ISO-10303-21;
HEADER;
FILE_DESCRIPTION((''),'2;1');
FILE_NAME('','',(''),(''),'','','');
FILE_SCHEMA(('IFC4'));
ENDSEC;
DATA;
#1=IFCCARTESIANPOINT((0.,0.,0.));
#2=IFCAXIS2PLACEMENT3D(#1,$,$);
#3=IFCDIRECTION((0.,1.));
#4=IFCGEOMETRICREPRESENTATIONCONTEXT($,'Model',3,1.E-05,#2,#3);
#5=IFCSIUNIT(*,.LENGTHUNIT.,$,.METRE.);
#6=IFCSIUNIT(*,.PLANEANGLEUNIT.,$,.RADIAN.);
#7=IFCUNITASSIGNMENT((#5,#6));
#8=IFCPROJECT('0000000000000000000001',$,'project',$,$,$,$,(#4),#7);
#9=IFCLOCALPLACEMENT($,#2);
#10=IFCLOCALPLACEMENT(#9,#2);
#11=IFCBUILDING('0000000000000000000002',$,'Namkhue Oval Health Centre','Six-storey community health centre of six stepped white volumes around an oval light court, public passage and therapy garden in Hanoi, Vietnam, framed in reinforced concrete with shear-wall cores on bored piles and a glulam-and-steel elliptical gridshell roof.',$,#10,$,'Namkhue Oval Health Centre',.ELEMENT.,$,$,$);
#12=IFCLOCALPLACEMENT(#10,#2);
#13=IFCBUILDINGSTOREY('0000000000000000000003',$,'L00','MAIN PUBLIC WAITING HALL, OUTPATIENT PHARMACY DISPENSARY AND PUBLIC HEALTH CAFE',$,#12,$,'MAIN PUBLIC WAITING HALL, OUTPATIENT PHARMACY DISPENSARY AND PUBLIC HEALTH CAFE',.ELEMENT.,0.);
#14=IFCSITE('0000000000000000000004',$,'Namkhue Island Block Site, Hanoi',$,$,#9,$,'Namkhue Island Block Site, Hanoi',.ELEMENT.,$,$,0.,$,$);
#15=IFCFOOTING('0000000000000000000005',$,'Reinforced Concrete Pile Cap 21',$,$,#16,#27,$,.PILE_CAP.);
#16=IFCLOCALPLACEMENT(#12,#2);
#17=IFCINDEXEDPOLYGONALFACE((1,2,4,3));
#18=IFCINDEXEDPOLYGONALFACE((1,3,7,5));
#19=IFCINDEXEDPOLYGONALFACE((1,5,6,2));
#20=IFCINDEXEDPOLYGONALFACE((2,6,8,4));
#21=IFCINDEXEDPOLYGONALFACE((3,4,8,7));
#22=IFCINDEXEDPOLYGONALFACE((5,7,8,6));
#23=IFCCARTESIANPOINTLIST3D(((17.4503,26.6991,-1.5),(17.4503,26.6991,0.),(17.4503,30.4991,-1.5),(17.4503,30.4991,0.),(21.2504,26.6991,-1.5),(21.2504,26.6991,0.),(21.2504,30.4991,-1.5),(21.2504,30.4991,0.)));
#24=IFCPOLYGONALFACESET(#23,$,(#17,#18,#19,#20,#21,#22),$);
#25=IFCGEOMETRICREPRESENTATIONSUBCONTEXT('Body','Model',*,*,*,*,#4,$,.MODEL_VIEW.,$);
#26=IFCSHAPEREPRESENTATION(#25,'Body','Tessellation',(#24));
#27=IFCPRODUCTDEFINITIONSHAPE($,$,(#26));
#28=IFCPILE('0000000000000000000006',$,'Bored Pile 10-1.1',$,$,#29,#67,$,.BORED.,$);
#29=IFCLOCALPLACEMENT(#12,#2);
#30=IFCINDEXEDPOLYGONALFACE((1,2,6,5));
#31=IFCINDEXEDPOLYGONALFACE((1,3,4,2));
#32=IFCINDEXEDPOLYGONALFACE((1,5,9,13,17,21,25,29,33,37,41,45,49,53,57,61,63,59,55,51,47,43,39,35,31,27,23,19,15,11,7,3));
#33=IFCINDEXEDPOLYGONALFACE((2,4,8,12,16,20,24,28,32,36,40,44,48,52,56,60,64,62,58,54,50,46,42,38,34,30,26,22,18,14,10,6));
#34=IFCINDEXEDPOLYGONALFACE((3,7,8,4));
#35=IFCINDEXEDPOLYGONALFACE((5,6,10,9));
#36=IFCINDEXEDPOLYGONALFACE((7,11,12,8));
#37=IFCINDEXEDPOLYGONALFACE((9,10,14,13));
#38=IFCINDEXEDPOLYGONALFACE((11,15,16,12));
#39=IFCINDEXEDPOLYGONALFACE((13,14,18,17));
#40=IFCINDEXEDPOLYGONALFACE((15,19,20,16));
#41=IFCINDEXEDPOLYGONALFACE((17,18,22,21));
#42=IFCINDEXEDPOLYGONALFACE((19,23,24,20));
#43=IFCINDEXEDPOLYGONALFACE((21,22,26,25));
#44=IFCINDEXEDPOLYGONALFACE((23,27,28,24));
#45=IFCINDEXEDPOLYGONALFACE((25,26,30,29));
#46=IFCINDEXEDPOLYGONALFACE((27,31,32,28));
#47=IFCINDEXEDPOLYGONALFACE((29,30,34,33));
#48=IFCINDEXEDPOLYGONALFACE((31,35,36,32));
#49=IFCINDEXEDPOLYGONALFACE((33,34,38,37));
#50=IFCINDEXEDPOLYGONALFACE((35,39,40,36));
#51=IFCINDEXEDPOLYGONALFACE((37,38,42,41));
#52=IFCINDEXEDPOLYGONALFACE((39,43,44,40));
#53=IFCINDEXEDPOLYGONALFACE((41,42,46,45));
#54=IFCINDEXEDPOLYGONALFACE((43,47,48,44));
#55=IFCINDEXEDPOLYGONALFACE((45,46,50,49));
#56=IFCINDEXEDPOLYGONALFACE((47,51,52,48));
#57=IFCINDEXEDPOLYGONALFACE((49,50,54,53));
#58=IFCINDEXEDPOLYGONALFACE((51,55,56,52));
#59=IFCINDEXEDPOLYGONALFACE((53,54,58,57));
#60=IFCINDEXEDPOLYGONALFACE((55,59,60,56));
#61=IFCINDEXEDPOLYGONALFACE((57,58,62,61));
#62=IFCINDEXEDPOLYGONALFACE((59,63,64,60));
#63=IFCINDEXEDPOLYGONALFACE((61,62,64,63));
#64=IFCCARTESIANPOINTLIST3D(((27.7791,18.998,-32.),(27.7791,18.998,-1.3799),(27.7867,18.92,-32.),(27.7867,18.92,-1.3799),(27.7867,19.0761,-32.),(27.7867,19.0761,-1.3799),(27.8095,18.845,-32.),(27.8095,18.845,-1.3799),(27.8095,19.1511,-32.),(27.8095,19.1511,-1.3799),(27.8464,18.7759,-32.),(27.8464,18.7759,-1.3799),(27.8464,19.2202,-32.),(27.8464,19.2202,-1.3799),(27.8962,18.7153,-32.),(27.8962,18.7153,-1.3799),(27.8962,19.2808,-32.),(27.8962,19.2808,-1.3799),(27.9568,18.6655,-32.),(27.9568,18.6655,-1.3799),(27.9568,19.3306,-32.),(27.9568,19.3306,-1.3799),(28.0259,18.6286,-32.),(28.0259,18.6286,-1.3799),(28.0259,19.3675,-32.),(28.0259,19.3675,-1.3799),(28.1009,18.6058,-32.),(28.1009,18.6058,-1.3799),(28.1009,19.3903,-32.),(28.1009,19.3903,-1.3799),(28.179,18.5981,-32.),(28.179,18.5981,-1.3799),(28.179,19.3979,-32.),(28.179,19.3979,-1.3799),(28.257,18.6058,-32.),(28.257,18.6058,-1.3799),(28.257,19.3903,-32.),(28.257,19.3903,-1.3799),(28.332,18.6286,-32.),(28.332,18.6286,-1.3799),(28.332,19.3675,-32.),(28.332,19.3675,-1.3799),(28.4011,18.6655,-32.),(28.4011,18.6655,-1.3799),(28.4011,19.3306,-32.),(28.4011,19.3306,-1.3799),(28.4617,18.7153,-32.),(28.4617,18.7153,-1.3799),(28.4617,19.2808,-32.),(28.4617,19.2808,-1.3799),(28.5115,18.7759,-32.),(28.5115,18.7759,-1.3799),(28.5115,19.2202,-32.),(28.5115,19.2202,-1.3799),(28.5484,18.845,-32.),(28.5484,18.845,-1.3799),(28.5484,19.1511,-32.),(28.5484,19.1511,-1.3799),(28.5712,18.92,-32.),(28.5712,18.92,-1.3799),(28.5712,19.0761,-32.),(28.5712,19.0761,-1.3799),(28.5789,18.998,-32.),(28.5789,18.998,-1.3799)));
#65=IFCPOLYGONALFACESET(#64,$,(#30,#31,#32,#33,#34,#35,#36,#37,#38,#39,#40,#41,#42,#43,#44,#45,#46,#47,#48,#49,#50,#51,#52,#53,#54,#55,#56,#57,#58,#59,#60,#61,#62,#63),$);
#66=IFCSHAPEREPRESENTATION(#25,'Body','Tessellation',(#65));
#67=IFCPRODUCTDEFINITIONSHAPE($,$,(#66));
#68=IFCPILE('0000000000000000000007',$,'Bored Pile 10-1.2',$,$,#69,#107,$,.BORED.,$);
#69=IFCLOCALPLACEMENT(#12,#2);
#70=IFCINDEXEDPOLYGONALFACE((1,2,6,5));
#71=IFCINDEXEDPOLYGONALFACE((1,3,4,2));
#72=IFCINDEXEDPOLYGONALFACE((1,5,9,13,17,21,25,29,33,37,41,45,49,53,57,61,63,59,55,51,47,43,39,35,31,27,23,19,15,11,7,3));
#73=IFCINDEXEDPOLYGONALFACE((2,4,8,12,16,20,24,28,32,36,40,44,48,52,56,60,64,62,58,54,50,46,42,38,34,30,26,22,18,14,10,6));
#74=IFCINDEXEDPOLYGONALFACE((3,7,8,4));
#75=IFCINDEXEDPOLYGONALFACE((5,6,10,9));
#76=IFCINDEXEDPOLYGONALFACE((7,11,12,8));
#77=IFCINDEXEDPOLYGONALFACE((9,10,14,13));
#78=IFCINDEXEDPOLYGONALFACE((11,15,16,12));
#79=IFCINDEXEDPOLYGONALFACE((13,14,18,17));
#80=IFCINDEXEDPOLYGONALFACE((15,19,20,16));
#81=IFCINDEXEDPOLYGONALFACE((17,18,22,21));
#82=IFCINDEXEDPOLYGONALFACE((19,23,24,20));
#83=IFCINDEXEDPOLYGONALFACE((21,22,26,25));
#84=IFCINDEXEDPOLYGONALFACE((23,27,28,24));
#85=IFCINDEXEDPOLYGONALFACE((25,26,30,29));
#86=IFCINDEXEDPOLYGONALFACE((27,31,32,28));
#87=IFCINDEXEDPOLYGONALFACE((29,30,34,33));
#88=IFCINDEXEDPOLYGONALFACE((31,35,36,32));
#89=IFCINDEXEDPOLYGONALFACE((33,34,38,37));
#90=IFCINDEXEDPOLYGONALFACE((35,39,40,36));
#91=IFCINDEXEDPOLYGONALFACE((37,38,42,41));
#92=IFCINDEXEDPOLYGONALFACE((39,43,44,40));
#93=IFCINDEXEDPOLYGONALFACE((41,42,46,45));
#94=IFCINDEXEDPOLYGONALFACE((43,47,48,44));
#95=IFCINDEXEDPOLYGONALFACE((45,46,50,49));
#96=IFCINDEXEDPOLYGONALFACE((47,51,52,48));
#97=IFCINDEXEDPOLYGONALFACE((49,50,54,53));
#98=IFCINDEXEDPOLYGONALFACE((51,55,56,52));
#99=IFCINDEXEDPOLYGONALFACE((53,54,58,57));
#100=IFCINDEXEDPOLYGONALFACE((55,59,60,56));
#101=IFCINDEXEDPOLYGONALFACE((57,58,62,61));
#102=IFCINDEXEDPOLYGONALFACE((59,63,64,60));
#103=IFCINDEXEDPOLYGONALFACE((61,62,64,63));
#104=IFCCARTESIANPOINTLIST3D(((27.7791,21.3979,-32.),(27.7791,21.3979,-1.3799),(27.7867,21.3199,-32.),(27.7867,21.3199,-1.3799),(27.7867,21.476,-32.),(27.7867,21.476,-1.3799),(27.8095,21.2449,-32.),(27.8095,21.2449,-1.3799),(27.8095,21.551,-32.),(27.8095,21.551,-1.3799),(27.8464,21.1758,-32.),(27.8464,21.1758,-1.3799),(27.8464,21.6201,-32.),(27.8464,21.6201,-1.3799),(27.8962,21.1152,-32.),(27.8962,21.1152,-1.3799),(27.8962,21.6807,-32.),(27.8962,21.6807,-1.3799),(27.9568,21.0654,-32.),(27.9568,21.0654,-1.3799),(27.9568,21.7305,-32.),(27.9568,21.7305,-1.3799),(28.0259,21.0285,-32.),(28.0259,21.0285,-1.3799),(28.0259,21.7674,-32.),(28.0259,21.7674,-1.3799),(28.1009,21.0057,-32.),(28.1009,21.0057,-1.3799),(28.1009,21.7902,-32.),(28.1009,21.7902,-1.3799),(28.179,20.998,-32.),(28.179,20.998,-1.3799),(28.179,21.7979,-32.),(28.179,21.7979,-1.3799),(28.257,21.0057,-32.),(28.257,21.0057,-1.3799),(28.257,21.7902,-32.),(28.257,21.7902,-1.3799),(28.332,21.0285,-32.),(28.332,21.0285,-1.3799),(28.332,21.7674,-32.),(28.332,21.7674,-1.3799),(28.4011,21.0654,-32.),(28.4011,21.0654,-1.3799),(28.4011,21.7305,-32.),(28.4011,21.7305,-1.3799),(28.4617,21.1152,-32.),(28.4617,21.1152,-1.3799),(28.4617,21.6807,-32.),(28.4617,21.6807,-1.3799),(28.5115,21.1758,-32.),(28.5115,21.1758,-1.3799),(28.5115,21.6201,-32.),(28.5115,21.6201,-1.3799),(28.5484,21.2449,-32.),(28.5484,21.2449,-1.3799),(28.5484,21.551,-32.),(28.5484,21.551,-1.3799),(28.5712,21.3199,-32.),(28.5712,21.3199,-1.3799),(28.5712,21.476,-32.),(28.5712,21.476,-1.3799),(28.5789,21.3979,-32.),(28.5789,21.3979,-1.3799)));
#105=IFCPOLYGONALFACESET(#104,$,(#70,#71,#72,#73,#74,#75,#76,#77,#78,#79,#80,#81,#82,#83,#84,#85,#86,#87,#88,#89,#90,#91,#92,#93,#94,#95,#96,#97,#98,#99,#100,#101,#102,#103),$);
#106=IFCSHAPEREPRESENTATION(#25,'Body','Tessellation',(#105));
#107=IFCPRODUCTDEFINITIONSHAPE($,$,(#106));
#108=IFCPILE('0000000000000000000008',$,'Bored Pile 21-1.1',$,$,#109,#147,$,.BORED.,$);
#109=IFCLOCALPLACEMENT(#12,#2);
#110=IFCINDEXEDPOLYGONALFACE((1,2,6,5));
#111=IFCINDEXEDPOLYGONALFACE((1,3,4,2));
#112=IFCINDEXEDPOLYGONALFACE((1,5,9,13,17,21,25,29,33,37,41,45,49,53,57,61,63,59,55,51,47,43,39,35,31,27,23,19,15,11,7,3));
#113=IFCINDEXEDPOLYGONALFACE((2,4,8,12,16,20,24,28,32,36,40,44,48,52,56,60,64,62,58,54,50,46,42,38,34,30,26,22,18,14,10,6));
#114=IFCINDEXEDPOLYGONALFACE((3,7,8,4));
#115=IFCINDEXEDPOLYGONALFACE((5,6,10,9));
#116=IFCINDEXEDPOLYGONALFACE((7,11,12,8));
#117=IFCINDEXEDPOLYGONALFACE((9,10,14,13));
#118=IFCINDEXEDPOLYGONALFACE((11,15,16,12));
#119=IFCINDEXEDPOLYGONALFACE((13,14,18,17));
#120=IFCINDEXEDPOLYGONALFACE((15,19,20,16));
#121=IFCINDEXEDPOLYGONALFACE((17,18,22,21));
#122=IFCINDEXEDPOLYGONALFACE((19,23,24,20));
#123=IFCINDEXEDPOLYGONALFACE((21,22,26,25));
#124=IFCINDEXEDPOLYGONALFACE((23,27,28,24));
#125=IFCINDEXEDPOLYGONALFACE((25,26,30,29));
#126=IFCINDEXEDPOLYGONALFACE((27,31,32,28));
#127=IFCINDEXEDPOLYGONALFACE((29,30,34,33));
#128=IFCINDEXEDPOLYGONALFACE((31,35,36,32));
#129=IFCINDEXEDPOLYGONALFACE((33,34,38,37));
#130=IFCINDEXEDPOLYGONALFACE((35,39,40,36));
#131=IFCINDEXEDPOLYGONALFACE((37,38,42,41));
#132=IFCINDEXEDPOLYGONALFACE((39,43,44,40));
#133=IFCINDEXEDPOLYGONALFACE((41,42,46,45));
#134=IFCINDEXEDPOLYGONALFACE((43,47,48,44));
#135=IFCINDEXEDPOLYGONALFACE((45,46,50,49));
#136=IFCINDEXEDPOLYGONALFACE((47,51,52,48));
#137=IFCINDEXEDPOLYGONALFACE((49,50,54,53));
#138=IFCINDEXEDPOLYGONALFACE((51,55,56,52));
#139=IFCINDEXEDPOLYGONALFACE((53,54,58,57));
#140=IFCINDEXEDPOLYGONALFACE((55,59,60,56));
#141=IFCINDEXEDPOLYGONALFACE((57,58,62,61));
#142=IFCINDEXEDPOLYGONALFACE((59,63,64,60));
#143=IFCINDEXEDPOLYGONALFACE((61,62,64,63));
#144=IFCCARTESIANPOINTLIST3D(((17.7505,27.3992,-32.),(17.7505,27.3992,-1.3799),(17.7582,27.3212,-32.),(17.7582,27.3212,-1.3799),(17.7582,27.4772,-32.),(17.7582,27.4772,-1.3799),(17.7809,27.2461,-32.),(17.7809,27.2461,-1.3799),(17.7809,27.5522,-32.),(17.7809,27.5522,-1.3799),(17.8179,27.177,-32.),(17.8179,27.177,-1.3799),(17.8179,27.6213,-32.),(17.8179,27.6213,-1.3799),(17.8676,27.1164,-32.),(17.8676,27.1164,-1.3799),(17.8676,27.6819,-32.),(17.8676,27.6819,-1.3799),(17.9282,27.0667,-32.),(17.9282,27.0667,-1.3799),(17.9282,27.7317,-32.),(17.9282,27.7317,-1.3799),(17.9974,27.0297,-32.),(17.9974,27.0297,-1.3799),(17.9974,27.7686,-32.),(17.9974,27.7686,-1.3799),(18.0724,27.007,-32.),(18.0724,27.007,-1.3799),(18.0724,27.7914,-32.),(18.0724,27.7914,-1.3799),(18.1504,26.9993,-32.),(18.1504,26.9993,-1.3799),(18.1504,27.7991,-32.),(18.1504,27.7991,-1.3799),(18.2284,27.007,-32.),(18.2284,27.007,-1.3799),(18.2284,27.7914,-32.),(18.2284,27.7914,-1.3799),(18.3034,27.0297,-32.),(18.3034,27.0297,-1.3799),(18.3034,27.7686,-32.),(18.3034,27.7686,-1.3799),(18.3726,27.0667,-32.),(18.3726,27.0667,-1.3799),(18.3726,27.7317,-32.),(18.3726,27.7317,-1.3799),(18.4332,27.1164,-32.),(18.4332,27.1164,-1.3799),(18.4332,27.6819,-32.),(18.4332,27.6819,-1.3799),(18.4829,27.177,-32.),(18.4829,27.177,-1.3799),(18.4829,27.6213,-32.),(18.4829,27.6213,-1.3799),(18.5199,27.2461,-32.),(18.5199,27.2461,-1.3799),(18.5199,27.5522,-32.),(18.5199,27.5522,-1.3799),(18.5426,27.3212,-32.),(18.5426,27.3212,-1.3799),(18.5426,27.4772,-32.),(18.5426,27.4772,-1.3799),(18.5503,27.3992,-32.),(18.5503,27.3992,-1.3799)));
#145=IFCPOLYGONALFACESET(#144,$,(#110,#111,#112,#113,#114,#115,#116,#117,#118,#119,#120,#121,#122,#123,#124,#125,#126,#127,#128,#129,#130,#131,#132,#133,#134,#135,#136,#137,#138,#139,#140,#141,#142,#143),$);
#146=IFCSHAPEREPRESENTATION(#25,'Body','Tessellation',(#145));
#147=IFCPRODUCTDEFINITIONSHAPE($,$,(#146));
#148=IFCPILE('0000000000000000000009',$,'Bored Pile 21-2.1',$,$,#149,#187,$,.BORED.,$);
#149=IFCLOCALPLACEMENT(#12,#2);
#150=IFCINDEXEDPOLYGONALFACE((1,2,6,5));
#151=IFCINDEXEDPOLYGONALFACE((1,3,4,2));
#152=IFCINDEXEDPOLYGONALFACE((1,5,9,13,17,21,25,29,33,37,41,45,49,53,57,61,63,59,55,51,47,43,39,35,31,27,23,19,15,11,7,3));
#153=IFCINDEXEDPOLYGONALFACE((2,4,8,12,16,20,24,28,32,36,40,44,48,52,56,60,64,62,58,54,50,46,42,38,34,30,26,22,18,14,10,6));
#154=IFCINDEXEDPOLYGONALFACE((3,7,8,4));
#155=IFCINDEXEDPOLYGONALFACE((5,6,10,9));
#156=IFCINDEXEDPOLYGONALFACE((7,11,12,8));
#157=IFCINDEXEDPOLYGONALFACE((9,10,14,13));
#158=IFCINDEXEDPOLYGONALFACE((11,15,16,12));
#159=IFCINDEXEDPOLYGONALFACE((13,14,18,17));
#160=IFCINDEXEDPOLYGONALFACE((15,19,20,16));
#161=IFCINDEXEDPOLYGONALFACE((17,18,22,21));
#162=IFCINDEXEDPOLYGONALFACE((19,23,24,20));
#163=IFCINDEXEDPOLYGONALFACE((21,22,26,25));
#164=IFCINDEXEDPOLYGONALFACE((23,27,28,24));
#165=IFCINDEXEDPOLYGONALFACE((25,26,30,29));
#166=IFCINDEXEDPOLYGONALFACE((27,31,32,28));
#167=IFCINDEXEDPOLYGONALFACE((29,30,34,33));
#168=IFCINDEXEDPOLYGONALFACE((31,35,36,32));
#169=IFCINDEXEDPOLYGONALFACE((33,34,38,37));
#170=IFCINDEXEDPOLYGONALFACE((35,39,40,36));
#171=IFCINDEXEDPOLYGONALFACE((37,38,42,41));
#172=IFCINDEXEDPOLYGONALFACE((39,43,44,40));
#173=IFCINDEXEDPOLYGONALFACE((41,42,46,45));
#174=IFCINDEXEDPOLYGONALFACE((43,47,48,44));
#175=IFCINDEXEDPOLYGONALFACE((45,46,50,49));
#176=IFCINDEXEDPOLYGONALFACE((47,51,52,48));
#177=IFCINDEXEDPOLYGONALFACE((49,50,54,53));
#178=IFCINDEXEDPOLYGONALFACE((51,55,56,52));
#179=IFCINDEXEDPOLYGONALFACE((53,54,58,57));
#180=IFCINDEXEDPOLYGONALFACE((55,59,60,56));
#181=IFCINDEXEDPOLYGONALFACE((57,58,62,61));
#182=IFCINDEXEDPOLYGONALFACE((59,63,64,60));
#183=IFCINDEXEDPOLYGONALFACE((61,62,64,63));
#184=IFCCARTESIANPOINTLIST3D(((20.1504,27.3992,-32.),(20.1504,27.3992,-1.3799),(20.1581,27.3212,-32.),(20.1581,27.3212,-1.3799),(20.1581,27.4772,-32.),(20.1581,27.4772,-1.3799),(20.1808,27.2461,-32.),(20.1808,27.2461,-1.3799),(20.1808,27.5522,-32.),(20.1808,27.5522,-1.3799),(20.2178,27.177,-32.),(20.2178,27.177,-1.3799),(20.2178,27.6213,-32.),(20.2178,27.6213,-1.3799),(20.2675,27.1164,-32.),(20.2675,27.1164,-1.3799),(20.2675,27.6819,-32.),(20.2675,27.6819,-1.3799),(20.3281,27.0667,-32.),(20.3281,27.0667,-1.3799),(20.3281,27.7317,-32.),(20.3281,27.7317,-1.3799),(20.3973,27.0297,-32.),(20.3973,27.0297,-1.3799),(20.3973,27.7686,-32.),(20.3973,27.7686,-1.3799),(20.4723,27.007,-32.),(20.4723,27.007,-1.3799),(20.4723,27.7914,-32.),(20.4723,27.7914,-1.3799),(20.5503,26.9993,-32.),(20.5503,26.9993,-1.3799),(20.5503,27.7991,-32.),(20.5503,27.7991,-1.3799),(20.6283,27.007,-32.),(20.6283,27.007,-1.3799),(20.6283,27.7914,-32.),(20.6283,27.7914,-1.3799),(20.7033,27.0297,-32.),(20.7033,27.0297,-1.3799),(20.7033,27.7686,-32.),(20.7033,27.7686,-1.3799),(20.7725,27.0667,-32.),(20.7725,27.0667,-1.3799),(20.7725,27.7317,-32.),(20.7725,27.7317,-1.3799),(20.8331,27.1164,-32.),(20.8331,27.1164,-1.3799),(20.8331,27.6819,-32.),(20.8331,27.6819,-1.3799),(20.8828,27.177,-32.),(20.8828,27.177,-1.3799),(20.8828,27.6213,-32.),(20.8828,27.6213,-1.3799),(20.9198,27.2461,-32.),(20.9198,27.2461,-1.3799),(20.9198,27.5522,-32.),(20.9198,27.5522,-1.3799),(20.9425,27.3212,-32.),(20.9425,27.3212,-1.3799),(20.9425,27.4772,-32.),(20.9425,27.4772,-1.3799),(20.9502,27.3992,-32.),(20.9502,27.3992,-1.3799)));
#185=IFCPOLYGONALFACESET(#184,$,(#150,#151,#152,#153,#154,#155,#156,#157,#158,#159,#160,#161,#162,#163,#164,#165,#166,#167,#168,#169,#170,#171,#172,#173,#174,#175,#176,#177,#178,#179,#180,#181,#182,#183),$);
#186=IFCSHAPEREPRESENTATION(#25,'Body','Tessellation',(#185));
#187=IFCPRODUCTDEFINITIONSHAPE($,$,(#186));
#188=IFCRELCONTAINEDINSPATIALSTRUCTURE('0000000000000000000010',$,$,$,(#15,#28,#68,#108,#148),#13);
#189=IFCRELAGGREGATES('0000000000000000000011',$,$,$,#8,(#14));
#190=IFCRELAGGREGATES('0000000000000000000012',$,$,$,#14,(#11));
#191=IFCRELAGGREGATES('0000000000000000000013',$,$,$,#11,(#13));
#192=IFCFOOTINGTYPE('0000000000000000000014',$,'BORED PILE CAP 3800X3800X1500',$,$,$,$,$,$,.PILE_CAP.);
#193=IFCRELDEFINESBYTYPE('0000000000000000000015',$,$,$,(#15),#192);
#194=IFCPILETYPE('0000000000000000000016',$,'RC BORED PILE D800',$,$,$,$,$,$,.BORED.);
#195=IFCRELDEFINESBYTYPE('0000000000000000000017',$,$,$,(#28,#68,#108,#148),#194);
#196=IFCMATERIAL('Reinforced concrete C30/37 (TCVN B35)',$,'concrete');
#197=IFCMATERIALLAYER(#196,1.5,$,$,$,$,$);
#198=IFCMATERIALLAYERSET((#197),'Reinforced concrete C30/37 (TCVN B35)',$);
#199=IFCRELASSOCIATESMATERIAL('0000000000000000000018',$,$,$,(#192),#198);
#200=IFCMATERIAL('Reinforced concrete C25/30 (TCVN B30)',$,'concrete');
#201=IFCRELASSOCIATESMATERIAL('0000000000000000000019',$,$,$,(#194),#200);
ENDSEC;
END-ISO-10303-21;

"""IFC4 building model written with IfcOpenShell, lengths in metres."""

from ifc_helpers import new_model, si_unit, direction, frame, origin, origin_2d, place, context, subcontext, project, spatial, rectangle, circle, extrude, material, layer, layer_set, material_profile, profile_set, type_object, element, save


model = new_model("IFC4")

# Units and contexts
model_context = context("Model", 3, precision=1e-05, world=origin(), true_north=direction((0.0, 1.0)))
body_context = subcontext(model_context, "Body", "Model", "MODEL_VIEW")
ifc_project = project(units=[si_unit("LENGTHUNIT", "METRE"), si_unit("PLANEANGLEUNIT", "RADIAN")], contexts=[model_context])

# Site, building, storey
site_placement = place(None, origin())
site = spatial("IfcSite", under=ifc_project, at=site_placement, Name="Namkhue Island Block Site, Hanoi", LongName="Namkhue Island Block Site, Hanoi", CompositionType="ELEMENT", RefElevation=0.0)
building_placement = place(site_placement, origin())
building = spatial("IfcBuilding", under=site, at=building_placement, Name="Namkhue Oval Health Centre", Description="Six-storey community health centre of six stepped white volumes around an oval light court, public passage and therapy garden in Hanoi, Vietnam, framed in reinforced concrete with shear-wall cores on bored piles and a glulam-and-steel elliptical gridshell roof.", LongName="Namkhue Oval Health Centre", CompositionType="ELEMENT")
storey_placement = place(building_placement, origin())
storey = spatial("IfcBuildingStorey", under=building, at=storey_placement, Name="L00", Description="MAIN PUBLIC WAITING HALL, OUTPATIENT PHARMACY DISPENSARY AND PUBLIC HEALTH CAFE", LongName="MAIN PUBLIC WAITING HALL, OUTPATIENT PHARMACY DISPENSARY AND PUBLIC HEALTH CAFE", CompositionType="ELEMENT", Elevation=0.0)

# Footing
ifc_material_1 = material(Name="Reinforced concrete C30/37 (TCVN B35)", Category="concrete")
ifc_layer_1 = layer(ifc_material_1, 1.5)
ifc_layer_set_1 = layer_set([ifc_layer_1], Name="Reinforced concrete C30/37 (TCVN B35)")
footing_type = type_object("IfcFootingType", Name="BORED PILE CAP 3800X3800X1500", PredefinedType="PILE_CAP", material=ifc_layer_set_1)
footing_placement = place(storey_placement, frame((19.3503, 28.5991, -1.5), z_axis=(0.0, 0.0, 1.0), x_axis=(1.0, 0.0, 0.0)))
element("IfcFooting", 1, at=footing_placement, inside=storey, type_object=footing_type, Name="Reinforced Concrete Pile Cap 21", PredefinedType="PILE_CAP", context=body_context, shape_type="SweptSolid", body=[
    extrude(rectangle(XDim=3.8, YDim=3.8, at=origin_2d()), origin(), (0.0, 0.0, 1.0), 1.5),
])

# Piles
ifc_material_2 = material(Name="Reinforced concrete C25/30 (TCVN B30)", Category="concrete")
ifc_material_profile_1 = material_profile(ifc_material_2, circle(Radius=0.3999, at=origin_2d()), Name="BORED PILE D800")
ifc_profile_set_1 = profile_set([ifc_material_profile_1], Name="Reinforced concrete C25/30 (TCVN B30)")
pile_type = type_object("IfcPileType", Name="RC BORED PILE D800", PredefinedType="BORED", material=ifc_profile_set_1)
for number, where, z_axis, x_axis, name in (
    (2, (28.179, 18.998, -1.3799), (0.0, 0.0, -1.0), (1.0, 0.0, 0.0), "Bored Pile 10-1.1"),
    (3, (28.179, 21.3979, -1.3799), (0.0, 0.0, -1.0), (1.0, 0.0, 0.0), "Bored Pile 10-1.2"),
    (4, (18.1504, 27.3992, -1.3799), (0.0, 0.0, -1.0), (1.0, 0.0, 0.0), "Bored Pile 21-1.1"),
    (5, (20.5503, 27.3992, -1.3799), (0.0, 0.0, -1.0), (1.0, 0.0, 0.0), "Bored Pile 21-2.1"),
):
    element("IfcPile", number, at=place(storey_placement, frame(where, z_axis=z_axis, x_axis=x_axis)), inside=storey, type_object=pile_type, Name=name, PredefinedType="BORED", context=body_context, shape_type="SweptSolid", body=[
        extrude(circle(Radius=0.3999, at=origin_2d()), origin(), (0.0, 0.0, 1.0), 30.6201),
    ])

save(model, "model.ifc")
